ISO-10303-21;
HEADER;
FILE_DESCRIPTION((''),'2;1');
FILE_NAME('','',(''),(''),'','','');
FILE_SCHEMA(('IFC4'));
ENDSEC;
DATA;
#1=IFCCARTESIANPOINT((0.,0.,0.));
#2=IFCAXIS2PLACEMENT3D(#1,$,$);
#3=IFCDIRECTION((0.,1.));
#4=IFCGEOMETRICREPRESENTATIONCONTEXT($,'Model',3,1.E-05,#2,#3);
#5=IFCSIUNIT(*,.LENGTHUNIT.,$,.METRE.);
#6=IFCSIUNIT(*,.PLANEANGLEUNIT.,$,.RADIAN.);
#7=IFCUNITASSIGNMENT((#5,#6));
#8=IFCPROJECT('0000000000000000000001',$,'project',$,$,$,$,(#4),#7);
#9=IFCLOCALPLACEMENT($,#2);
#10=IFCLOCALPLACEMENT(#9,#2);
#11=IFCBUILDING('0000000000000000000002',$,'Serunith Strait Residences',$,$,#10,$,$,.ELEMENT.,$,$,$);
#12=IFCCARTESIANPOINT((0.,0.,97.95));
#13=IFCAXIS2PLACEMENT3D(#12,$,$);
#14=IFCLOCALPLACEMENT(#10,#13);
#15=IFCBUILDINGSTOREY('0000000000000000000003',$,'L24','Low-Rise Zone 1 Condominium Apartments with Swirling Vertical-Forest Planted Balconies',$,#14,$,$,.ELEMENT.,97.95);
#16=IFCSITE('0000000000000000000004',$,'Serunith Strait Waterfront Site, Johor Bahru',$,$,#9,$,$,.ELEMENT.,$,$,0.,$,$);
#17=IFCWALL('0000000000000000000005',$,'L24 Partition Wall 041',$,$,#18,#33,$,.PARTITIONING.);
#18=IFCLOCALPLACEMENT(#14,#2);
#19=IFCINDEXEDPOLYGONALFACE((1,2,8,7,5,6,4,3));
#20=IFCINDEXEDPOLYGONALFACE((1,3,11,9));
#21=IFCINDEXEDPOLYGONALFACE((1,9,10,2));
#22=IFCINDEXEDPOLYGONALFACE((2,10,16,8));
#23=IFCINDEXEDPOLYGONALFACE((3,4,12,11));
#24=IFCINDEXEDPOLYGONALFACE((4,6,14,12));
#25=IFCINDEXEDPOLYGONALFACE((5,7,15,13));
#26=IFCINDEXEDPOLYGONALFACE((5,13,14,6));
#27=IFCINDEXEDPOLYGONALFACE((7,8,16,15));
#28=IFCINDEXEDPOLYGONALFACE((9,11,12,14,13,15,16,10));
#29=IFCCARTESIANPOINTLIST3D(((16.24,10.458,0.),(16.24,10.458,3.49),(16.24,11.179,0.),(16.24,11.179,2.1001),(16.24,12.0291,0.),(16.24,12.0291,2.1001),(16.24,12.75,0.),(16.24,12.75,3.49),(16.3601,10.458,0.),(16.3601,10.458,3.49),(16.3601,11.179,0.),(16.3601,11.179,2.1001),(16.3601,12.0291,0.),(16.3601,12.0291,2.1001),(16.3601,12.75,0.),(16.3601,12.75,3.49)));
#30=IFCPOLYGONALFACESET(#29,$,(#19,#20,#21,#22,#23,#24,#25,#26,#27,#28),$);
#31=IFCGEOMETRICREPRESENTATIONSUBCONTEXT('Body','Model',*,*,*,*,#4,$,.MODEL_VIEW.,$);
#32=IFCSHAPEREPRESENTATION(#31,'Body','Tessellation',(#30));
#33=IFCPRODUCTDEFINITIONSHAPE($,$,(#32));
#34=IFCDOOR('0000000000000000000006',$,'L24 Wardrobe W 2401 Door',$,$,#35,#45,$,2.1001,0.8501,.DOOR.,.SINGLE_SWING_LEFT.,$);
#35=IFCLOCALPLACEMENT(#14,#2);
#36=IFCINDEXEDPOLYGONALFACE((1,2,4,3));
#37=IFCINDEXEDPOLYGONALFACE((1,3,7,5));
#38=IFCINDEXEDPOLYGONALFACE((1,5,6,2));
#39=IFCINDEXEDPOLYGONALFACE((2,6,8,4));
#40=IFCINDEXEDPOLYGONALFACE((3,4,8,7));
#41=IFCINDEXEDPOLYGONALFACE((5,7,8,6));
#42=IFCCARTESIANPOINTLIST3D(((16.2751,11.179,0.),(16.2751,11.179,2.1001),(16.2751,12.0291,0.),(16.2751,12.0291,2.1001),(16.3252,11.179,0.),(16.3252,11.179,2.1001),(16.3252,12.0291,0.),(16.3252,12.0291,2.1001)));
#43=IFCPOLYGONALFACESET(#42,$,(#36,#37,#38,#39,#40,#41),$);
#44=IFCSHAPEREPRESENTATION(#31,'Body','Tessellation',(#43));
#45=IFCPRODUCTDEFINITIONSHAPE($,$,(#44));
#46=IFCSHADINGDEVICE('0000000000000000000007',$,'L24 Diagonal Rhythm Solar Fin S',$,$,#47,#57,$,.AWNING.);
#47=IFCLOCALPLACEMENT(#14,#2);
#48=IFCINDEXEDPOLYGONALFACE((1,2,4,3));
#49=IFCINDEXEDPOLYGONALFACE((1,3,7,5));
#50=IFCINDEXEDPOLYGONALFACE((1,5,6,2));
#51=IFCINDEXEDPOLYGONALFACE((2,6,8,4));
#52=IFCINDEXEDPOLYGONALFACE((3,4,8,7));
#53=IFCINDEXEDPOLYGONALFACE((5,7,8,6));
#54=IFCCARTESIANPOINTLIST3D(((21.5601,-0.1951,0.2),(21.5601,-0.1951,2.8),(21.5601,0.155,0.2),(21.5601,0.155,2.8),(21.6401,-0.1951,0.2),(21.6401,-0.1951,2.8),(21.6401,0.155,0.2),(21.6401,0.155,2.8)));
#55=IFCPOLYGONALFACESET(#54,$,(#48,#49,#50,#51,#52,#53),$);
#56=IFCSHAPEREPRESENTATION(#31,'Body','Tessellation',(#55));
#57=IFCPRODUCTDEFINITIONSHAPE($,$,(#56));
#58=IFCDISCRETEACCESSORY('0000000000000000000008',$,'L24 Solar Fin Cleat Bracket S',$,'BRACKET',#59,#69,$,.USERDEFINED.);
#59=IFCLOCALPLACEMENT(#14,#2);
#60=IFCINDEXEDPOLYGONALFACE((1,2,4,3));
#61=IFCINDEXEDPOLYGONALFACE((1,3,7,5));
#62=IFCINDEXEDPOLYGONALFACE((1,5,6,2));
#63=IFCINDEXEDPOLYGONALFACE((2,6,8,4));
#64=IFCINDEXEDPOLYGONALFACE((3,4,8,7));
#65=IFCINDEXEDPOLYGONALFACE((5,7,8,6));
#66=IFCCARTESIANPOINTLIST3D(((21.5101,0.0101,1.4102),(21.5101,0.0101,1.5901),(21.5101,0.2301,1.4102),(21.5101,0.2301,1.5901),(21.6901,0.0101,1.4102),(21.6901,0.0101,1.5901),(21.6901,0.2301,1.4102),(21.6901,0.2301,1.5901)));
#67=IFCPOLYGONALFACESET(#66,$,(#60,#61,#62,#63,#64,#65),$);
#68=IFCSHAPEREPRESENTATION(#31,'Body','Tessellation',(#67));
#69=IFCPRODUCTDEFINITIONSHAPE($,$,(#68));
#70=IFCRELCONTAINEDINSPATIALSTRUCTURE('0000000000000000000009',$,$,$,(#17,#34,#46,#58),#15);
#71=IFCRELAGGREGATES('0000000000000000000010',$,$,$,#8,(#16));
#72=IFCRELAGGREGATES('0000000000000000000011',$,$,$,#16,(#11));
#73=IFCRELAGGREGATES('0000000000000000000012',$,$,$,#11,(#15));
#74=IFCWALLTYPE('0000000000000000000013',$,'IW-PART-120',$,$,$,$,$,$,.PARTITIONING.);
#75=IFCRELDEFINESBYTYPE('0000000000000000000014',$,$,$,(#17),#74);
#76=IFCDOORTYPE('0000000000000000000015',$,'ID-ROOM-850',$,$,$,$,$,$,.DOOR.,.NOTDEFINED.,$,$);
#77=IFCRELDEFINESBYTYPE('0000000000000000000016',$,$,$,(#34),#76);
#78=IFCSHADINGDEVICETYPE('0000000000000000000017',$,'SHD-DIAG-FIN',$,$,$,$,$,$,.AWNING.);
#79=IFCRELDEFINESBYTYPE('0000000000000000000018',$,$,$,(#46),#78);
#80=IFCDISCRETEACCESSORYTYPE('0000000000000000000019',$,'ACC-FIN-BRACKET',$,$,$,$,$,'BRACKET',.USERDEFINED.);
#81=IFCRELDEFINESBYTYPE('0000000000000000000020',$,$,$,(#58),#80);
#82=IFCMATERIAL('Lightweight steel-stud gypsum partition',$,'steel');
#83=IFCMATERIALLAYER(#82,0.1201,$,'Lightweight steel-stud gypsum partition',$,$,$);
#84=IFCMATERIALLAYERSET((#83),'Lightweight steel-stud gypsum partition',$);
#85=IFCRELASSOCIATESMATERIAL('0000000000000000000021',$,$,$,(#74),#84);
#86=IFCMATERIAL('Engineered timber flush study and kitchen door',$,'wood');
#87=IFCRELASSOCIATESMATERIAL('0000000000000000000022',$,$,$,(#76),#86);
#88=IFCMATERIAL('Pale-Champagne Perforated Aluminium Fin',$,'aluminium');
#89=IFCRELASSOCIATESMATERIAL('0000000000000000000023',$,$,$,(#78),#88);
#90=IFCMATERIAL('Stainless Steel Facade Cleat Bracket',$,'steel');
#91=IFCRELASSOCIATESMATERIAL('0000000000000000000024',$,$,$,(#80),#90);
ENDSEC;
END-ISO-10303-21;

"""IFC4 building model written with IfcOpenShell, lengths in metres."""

from ifc_helpers import new_model, si_unit, direction, frame, frame_2d, origin, origin_2d, place, context, subcontext, project, spatial, rectangle, extrude, source, transform, mapped, material, layer, layer_set, type_object, element, fill, save


model = new_model("IFC4")

# Units and contexts
model_context = context("Model", 3, precision=1e-05, world=origin(), true_north=direction((0.0, 1.0)))
body_context = subcontext(model_context, "Body", "Model", "MODEL_VIEW")
ifc_project = project(units=[si_unit("LENGTHUNIT", "METRE"), si_unit("PLANEANGLEUNIT", "RADIAN")], contexts=[model_context])

# Site, building, storey
site_placement = place(None, origin())
site = spatial("IfcSite", under=ifc_project, at=site_placement, Name="Serunith Strait Waterfront Site, Johor Bahru", CompositionType="ELEMENT", RefElevation=0.0)
building_placement = place(site_placement, origin())
building = spatial("IfcBuilding", under=site, at=building_placement, Name="Serunith Strait Residences", CompositionType="ELEMENT")
storey_placement = place(building_placement, frame((0.0, 0.0, 97.95)))
storey = spatial("IfcBuildingStorey", under=building, at=storey_placement, Name="L24", Description="Low-Rise Zone 1 Condominium Apartments with Swirling Vertical-Forest Planted Balconies", CompositionType="ELEMENT", Elevation=97.95)

# Shared definitions
ifc_material_1 = material(Name="Lightweight steel-stud gypsum partition", Category="steel")
ifc_layer_1 = layer(ifc_material_1, 0.1201, Name="Lightweight steel-stud gypsum partition")
ifc_layer_set_1 = layer_set([ifc_layer_1], Name="Lightweight steel-stud gypsum partition")
wall_type = type_object("IfcWallType", Name="IW-PART-120", PredefinedType="PARTITIONING", material=ifc_layer_set_1)
ifc_material_2 = material(Name="Engineered timber flush study and kitchen door", Category="wood")
door_type_1 = type_object("IfcDoorType", Name="ID-ROOM-850", OperationType="NOTDEFINED", PredefinedType="DOOR", material=ifc_material_2)
shared_shape_1 = source(origin(), body_context, "Body", "SweptSolid", [
    extrude(rectangle(XDim=0.8501, YDim=2.1001, at=frame_2d((0.425, 1.05))), frame((0.0, 0.0249, 0.0), z_axis=(0.0, -1.0, 0.0), x_axis=(1.0, 0.0, 0.0)), (0.0, 0.0, 1.0), 0.05),
])

# Wall, opening, door
wall_1_placement = place(storey_placement, frame((16.3, 10.458, 0.0), z_axis=(0.0, 0.0, 1.0), x_axis=(0.0, 1.0, 0.0)))
wall_1 = element("IfcWall", 1, at=wall_1_placement, inside=storey, type_object=wall_type, Name="L24 Partition Wall 041", PredefinedType="PARTITIONING", context=body_context, shape_type="SweptSolid", body=[
    extrude(rectangle(XDim=2.292, YDim=0.1201, at=frame_2d((1.146, 0.0))), origin(), (0.0, 0.0, 1.0), 3.49),
])
opening_1_placement = place(wall_1_placement, frame((0.7209, 0.0, 0.0)))
opening_1 = element("IfcOpeningElement", 2, at=opening_1_placement, cuts=wall_1, PredefinedType="OPENING", context=body_context, shape_type="SweptSolid", body=[
    extrude(rectangle(XDim=0.8501, YDim=2.1001, at=frame_2d((0.425, 1.05))), frame((0.0, 0.0701, 0.0), z_axis=(0.0, -1.0, 0.0), x_axis=(1.0, 0.0, 0.0)), (0.0, 0.0, 1.0), 0.1401),
])
door_1_placement = place(opening_1_placement, origin())
door_1 = element("IfcDoor", 3, at=door_1_placement, inside=storey, type_object=door_type_1, Name="L24 Wardrobe W 2401 Door", OperationType="SINGLE_SWING_LEFT", OverallHeight=2.1001, OverallWidth=0.8501, PredefinedType="DOOR", context=body_context, shape_type="MappedRepresentation", body=[
    mapped(shared_shape_1, transform((0.0, 0.0, 0.0), scale=1.0)),
])
fill(opening_1, door_1)

# Shading device
ifc_material_3 = material(Name="Pale-Champagne Perforated Aluminium Fin", Category="aluminium")
shading_device_type = type_object("IfcShadingDeviceType", Name="SHD-DIAG-FIN", PredefinedType="AWNING", material=ifc_material_3)
shared_shape_2 = source(origin(), body_context, "Body", "SweptSolid", [
    extrude(rectangle(XDim=0.0801, YDim=0.3501, at=origin_2d()), origin(), (0.0, 0.0, 1.0), 2.6001),
])
shading_device_placement = place(storey_placement, frame((21.6001, -0.02, 0.2), z_axis=(0.0, 0.0, 1.0), x_axis=(1.0, 0.0, 0.0)))
element("IfcShadingDevice", 4, at=shading_device_placement, inside=storey, type_object=shading_device_type, Name="L24 Diagonal Rhythm Solar Fin S", PredefinedType="AWNING", context=body_context, shape_type="MappedRepresentation", body=[
    mapped(shared_shape_2, transform((0.0, 0.0, 0.0), scale=1.0)),
])

# Discrete accessory
ifc_material_4 = material(Name="Stainless Steel Facade Cleat Bracket", Category="steel")
discrete_accessory_type = type_object("IfcDiscreteAccessoryType", Name="ACC-FIN-BRACKET", ElementType="BRACKET", PredefinedType="USERDEFINED", material=ifc_material_4)
shared_shape_3 = source(origin(), body_context, "Body", "SweptSolid", [
    extrude(rectangle(XDim=0.1799, YDim=0.22, at=origin_2d()), origin(), (0.0, 0.0, 1.0), 0.1799),
])
discrete_accessory_placement = place(storey_placement, frame((21.6001, 0.1201, 1.4102), z_axis=(0.0, 0.0, 1.0), x_axis=(1.0, 0.0, 0.0)))
element("IfcDiscreteAccessory", 5, at=discrete_accessory_placement, inside=storey, type_object=discrete_accessory_type, Name="L24 Solar Fin Cleat Bracket S", ObjectType="BRACKET", PredefinedType="USERDEFINED", context=body_context, shape_type="MappedRepresentation", body=[
    mapped(shared_shape_3, transform((0.0, 0.0, 0.0), scale=1.0)),
])

save(model, "model.ifc")
